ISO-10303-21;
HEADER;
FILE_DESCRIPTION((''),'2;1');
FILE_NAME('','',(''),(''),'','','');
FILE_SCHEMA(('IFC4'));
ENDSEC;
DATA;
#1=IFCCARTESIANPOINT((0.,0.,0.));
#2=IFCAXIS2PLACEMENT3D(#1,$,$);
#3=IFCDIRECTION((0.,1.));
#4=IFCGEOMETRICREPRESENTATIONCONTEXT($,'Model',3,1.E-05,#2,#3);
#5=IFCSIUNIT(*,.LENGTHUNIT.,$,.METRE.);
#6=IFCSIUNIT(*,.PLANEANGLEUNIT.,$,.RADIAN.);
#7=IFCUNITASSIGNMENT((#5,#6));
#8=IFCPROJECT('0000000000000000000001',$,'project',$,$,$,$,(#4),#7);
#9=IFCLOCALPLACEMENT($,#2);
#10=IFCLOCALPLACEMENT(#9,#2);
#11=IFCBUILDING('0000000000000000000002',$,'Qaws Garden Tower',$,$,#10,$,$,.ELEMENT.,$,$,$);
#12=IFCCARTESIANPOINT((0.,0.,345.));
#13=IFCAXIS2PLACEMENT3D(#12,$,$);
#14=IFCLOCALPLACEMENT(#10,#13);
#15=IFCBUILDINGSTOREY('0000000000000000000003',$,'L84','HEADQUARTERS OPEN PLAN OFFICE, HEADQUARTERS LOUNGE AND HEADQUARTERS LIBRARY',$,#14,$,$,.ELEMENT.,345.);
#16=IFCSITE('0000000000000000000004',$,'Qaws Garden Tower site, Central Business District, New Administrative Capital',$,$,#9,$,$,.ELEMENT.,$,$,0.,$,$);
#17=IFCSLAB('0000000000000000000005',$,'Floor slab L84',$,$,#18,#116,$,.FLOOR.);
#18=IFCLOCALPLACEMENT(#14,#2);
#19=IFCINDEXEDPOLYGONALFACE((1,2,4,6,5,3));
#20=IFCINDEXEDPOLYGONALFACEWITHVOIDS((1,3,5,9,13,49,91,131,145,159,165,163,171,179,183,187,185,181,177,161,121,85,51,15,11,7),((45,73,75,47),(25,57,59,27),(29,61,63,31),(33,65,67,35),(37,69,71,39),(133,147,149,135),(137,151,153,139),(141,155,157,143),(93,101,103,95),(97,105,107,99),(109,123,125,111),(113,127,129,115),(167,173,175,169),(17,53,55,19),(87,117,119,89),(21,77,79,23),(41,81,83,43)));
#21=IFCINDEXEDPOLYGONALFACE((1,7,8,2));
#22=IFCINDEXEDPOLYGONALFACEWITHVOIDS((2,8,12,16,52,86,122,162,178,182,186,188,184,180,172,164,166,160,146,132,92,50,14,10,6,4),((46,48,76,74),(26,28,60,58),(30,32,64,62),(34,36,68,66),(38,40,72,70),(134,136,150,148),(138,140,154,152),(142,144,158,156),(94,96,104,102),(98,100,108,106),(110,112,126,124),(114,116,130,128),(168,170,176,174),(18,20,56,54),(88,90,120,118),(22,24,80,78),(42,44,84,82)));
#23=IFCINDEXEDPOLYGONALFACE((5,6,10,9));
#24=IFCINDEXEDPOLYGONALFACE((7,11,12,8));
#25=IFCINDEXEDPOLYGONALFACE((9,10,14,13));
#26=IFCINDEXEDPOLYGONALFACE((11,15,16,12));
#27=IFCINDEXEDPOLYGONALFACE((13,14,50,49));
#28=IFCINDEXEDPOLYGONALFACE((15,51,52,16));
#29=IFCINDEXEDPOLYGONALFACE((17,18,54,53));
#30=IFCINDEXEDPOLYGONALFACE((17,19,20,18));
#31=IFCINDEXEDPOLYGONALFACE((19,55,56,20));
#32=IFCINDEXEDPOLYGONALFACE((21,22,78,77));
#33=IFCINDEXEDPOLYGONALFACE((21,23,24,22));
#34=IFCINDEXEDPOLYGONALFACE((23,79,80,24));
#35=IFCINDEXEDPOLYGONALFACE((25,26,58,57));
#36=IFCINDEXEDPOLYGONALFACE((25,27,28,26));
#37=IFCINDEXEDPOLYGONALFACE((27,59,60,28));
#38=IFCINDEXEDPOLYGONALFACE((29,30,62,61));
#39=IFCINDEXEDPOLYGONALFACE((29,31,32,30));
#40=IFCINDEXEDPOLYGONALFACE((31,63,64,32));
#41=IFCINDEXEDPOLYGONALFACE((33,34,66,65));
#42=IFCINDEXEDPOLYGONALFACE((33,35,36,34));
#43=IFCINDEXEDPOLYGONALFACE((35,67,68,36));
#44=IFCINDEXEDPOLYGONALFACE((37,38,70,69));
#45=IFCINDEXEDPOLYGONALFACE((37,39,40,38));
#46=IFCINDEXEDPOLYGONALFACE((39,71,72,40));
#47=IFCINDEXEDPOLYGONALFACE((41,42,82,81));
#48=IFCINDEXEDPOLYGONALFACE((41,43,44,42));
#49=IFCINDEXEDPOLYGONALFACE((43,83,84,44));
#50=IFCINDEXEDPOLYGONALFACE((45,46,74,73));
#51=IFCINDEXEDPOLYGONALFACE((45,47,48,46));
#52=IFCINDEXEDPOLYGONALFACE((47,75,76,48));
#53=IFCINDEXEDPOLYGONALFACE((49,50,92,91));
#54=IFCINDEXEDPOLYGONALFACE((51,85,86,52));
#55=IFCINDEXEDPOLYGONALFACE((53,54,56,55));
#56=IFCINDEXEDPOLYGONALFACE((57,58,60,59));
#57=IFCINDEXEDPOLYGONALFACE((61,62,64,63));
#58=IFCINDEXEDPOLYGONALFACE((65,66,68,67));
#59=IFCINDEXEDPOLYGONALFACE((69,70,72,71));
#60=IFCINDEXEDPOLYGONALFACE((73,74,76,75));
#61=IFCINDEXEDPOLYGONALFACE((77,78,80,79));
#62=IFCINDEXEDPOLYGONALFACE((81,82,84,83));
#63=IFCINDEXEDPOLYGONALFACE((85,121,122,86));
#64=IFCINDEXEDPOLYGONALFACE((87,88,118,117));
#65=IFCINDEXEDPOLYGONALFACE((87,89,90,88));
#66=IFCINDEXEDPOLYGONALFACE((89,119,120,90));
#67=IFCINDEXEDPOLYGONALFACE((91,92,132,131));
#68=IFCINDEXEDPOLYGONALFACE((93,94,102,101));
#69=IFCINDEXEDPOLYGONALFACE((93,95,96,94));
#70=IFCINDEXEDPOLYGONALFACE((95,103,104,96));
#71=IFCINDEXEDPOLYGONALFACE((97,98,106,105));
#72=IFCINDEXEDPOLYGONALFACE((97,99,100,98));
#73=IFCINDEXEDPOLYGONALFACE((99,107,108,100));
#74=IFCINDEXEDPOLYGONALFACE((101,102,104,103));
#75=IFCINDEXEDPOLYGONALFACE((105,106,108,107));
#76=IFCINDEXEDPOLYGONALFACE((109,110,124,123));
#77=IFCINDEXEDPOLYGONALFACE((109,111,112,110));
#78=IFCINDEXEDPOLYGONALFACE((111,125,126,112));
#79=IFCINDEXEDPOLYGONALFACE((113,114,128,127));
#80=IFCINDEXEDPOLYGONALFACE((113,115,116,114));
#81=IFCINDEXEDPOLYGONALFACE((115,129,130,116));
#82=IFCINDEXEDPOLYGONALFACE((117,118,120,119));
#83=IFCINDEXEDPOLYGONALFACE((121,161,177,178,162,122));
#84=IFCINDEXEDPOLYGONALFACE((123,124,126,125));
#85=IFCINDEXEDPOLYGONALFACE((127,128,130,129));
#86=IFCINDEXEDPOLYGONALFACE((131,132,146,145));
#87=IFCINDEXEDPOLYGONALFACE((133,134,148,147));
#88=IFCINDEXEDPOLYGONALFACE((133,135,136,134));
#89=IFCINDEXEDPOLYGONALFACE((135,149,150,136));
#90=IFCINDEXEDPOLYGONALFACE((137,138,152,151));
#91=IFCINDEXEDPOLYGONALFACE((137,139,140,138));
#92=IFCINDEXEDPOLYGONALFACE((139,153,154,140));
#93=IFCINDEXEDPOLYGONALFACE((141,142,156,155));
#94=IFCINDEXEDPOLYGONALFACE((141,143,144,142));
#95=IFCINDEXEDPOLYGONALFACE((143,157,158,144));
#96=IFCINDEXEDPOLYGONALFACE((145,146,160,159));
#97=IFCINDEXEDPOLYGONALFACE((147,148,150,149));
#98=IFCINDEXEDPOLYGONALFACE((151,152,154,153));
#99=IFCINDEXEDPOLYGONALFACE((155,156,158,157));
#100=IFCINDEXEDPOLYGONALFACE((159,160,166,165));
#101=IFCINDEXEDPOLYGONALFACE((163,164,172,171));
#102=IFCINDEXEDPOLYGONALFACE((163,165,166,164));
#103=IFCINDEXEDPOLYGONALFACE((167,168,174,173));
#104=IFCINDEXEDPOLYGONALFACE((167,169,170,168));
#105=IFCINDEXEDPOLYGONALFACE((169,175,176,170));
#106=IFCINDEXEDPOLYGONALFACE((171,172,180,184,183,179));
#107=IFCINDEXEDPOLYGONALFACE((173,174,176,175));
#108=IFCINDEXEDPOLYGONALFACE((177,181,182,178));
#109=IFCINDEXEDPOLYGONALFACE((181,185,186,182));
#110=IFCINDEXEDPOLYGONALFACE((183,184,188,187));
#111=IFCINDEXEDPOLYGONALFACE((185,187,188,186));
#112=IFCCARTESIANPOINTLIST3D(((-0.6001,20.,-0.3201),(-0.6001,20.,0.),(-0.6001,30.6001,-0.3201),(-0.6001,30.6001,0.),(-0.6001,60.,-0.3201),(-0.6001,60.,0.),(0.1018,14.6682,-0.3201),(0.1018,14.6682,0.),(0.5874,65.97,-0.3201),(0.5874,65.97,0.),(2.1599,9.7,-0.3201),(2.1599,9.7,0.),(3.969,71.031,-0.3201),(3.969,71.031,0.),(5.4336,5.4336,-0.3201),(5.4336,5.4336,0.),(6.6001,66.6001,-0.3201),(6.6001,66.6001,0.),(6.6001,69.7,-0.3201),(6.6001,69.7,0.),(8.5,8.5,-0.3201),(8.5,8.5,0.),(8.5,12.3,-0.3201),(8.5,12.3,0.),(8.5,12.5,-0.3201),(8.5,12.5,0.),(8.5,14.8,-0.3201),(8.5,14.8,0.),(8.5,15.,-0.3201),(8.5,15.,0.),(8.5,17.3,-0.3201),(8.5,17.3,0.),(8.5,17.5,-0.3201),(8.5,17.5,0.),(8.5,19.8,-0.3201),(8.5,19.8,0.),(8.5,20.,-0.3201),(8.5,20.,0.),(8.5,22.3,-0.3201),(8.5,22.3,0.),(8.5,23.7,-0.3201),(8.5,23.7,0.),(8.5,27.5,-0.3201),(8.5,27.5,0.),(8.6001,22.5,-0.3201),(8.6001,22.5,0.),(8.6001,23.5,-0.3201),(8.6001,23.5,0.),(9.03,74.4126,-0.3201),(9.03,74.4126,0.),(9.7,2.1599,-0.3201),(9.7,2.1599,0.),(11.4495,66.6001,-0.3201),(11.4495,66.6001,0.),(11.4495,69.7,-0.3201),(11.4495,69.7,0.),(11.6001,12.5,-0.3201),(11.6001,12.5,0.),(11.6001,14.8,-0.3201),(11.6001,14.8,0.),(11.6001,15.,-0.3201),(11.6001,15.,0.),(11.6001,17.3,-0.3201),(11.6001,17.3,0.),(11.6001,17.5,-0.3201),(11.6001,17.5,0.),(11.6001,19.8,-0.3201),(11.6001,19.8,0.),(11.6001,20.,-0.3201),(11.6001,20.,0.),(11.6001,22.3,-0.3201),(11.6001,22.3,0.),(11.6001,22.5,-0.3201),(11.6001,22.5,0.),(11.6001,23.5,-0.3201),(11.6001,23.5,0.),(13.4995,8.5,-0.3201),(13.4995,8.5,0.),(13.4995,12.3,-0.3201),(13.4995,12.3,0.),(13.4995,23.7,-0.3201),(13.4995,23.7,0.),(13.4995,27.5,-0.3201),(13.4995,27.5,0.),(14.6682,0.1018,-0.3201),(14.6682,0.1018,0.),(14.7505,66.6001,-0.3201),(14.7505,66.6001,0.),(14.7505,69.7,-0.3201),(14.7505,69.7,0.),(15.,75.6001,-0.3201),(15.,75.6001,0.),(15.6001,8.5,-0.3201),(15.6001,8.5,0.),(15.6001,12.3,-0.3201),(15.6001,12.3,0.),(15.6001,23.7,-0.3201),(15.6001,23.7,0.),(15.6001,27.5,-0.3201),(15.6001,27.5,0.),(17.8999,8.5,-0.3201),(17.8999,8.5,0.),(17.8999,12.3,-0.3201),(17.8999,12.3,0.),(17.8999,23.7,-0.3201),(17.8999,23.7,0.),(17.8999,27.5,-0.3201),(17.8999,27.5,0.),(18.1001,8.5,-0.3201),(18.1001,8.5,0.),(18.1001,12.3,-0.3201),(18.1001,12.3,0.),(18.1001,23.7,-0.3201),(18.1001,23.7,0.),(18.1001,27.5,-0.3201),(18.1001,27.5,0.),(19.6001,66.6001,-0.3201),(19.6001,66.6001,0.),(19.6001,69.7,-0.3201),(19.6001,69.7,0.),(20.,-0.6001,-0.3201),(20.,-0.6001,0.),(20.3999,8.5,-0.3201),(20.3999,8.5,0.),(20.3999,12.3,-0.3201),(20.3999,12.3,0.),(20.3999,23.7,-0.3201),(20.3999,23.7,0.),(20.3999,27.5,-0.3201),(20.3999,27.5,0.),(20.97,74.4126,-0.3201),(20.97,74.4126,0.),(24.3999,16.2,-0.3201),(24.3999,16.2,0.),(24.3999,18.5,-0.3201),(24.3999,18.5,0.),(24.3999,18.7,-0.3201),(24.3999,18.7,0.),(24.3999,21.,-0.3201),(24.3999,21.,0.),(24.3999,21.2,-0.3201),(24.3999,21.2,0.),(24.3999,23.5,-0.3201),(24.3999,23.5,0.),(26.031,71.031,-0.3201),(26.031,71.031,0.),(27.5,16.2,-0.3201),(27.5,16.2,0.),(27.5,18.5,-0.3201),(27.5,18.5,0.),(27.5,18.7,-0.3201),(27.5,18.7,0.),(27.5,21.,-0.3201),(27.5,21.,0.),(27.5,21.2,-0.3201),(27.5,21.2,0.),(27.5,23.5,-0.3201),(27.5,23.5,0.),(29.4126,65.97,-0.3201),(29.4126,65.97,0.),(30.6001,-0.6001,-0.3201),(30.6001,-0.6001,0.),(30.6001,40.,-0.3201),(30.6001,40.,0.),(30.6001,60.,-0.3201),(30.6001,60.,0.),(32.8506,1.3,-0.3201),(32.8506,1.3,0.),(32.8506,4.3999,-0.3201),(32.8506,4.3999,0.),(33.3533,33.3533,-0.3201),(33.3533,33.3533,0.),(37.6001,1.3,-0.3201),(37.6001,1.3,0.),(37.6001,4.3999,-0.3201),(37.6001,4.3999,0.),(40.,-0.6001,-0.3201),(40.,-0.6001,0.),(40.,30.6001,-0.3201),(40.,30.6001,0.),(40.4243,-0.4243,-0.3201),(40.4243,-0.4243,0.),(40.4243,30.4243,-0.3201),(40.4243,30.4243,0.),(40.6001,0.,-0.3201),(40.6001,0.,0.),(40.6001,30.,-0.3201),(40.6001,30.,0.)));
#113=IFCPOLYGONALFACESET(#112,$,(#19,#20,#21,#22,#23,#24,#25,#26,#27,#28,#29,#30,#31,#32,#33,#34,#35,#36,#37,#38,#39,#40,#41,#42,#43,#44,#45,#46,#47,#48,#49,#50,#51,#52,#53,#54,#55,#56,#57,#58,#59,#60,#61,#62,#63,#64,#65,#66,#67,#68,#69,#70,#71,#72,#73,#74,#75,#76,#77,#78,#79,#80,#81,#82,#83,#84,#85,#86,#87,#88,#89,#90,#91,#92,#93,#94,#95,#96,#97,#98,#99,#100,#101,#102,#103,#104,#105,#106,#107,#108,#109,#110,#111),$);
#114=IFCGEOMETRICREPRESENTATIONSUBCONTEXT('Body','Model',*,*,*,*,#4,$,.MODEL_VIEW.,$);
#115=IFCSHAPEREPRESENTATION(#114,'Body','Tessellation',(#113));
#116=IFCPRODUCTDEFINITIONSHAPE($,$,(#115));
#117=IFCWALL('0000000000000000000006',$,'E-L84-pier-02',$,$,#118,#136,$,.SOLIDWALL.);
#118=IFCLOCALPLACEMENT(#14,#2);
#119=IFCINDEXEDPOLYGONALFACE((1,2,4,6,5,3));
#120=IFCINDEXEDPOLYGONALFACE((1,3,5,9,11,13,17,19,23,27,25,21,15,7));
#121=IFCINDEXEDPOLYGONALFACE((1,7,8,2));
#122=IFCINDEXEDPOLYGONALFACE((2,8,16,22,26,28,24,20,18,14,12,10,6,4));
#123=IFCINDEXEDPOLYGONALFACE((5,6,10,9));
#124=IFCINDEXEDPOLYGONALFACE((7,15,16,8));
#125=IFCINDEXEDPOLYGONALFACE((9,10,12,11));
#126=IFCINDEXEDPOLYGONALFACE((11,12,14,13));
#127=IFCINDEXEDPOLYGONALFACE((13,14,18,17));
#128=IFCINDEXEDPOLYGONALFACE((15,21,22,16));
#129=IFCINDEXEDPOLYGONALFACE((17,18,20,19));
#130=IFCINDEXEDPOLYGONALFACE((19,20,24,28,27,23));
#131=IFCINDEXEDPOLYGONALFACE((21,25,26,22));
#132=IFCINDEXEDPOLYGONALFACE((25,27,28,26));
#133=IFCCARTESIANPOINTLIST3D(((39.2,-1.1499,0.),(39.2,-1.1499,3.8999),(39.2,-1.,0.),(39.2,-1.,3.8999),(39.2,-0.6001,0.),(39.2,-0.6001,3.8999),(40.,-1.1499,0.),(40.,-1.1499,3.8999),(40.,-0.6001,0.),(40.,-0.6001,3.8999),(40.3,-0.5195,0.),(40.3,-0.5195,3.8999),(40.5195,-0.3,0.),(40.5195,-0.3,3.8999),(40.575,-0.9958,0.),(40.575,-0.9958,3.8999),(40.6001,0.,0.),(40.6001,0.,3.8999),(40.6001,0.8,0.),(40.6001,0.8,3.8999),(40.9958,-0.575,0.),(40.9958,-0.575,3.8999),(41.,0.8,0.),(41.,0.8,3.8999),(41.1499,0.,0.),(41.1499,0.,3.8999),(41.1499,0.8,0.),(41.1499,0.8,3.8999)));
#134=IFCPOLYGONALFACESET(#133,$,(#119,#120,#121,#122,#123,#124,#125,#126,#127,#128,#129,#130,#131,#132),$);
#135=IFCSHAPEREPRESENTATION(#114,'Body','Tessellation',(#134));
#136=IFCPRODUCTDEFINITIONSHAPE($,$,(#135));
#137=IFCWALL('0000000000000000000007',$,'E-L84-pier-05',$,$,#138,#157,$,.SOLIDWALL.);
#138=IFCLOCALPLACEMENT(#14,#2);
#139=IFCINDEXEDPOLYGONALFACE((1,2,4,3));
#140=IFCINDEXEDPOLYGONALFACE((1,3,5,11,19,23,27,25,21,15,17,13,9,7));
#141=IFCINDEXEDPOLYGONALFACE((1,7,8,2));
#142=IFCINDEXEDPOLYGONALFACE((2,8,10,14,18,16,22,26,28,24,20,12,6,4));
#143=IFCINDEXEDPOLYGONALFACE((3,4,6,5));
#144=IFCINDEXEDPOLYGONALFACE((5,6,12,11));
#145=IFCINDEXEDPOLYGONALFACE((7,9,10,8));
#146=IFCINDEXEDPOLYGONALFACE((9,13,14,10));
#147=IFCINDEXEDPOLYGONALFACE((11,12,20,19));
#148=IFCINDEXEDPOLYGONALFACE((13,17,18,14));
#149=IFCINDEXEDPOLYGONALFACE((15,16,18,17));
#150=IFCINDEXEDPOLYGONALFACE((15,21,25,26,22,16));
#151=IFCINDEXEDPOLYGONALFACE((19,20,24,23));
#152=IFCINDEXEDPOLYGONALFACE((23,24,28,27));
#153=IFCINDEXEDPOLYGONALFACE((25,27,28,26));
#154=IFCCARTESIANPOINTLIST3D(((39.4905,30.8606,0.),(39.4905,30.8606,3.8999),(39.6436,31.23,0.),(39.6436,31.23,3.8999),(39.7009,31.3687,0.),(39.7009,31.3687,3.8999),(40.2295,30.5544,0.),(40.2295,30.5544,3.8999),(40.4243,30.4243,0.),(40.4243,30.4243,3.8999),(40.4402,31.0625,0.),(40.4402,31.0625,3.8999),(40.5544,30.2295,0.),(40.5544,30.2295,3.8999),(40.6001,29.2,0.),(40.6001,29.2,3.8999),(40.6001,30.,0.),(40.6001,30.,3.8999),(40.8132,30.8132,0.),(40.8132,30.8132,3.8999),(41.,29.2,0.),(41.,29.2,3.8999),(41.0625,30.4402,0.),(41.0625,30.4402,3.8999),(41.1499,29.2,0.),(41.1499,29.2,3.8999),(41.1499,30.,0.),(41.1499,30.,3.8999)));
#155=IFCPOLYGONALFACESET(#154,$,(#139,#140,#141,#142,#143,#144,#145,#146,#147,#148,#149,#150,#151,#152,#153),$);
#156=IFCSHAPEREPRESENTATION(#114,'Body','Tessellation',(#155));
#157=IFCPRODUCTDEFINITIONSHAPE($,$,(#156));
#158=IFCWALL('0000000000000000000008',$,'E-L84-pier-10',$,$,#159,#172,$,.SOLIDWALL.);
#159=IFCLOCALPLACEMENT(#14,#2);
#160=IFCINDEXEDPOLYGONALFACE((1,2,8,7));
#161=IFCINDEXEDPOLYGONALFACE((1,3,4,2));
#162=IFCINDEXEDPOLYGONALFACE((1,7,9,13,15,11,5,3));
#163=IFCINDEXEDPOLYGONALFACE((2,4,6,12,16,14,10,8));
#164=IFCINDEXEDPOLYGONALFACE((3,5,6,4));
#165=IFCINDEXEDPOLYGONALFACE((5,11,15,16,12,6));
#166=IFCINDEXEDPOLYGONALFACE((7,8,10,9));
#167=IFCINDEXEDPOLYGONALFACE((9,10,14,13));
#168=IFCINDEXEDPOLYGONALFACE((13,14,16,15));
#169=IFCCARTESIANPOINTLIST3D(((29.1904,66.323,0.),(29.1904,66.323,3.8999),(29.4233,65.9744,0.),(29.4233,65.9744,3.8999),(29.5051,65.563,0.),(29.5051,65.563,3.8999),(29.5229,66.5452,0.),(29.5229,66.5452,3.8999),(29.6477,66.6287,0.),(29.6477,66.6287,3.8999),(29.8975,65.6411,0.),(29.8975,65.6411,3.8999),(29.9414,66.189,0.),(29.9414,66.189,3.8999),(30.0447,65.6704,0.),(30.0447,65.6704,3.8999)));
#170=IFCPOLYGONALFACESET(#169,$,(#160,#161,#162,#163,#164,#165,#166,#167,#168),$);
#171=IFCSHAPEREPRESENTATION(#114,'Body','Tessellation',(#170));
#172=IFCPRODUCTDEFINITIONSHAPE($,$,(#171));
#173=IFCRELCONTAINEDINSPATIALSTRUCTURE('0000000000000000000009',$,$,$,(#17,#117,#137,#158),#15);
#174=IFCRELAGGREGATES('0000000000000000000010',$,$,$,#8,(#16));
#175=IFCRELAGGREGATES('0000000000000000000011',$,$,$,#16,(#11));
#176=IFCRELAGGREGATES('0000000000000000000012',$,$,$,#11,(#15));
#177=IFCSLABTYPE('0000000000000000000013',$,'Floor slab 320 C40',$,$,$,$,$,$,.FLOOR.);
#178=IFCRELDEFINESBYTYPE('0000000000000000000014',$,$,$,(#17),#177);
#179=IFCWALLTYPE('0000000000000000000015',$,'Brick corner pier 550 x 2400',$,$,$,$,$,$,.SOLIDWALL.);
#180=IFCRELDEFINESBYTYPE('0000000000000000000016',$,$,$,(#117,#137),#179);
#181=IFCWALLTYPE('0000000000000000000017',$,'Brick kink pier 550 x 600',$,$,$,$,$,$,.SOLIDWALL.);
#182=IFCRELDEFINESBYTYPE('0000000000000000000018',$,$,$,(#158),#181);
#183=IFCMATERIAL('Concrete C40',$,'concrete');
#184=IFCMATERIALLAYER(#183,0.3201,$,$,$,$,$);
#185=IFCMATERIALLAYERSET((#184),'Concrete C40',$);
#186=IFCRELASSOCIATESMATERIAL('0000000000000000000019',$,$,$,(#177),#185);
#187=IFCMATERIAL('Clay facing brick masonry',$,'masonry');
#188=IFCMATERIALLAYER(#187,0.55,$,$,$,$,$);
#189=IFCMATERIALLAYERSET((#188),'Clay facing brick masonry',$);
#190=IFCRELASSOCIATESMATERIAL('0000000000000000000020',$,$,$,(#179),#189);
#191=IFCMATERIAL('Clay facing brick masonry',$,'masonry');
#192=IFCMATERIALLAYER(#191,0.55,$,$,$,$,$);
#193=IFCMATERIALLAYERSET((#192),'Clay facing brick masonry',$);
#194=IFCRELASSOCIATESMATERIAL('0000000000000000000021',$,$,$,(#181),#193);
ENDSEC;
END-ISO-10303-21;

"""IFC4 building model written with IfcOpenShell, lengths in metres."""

from ifc_helpers import new_model, si_unit, direction, frame, origin, place, context, subcontext, project, spatial, polyline, outline, extrude, material, layer, layer_set, type_object, element, save


model = new_model("IFC4")

# Units and contexts
model_context = context("Model", 3, precision=1e-05, world=origin(), true_north=direction((0.0, 1.0)))
body_context = subcontext(model_context, "Body", "Model", "MODEL_VIEW")
ifc_project = project(units=[si_unit("LENGTHUNIT", "METRE"), si_unit("PLANEANGLEUNIT", "RADIAN")], contexts=[model_context])

# Site, building, storey
site_placement = place(None, origin())
site = spatial("IfcSite", under=ifc_project, at=site_placement, Name="Qaws Garden Tower site, Central Business District, New Administrative Capital", CompositionType="ELEMENT", RefElevation=0.0)
building_placement = place(site_placement, origin())
building = spatial("IfcBuilding", under=site, at=building_placement, Name="Qaws Garden Tower", CompositionType="ELEMENT")
storey_placement = place(building_placement, frame((0.0, 0.0, 345.0)))
storey = spatial("IfcBuildingStorey", under=building, at=storey_placement, Name="L84", Description="HEADQUARTERS OPEN PLAN OFFICE, HEADQUARTERS LOUNGE AND HEADQUARTERS LIBRARY", CompositionType="ELEMENT", Elevation=345.0)

# Slab
ifc_material_1 = material(Name="Concrete C40", Category="concrete")
ifc_layer_1 = layer(ifc_material_1, 0.3201)
ifc_layer_set_1 = layer_set([ifc_layer_1], Name="Concrete C40")
slab_type = type_object("IfcSlabType", Name="Floor slab 320 C40", PredefinedType="FLOOR", material=ifc_layer_set_1)
slab_placement = place(storey_placement, frame((0.0, 0.0, -0.3201)))
element("IfcSlab", 1, at=slab_placement, inside=storey, type_object=slab_type, Name="Floor slab L84", PredefinedType="FLOOR", context=body_context, shape_type="SweptSolid", body=[
    extrude(outline(polyline([(0.1018, 14.6682), (-0.6001, 20.0), (-0.6001, 30.6001), (-0.6001, 60.0), (-0.6001, 60.0), (0.5874, 65.97), (3.969, 71.031), (9.03, 74.4126), (15.0, 75.6001), (20.97, 74.4126), (26.031, 71.031), (29.4126, 65.97), (30.6001, 60.0), (30.6001, 40.0), (33.3533, 33.3533), (40.0, 30.6001), (40.4243, 30.4243), (40.6001, 30.0), (40.6001, 0.0), (40.4243, -0.4243), (40.0, -0.6001), (30.6001, -0.6001), (20.0, -0.6001), (14.6682, 0.1018), (9.7, 2.1599), (5.4336, 5.4336), (2.1599, 9.7), (0.1018, 14.6682)]), holes=[polyline([(13.4995, 12.3), (8.5, 12.3), (8.5, 8.5), (13.4995, 8.5), (13.4995, 12.3)]), polyline([(17.8999, 12.3), (15.6001, 12.3), (15.6001, 8.5), (17.8999, 8.5), (17.8999, 12.3)]), polyline([(11.6001, 14.8), (8.5, 14.8), (8.5, 12.5), (11.6001, 12.5), (11.6001, 14.8)]), polyline([(11.6001, 17.3), (8.5, 17.3), (8.5, 15.0), (11.6001, 15.0), (11.6001, 17.3)]), polyline([(11.6001, 19.8), (8.5, 19.8), (8.5, 17.5), (11.6001, 17.5), (11.6001, 19.8)]), polyline([(11.6001, 22.3), (8.5, 22.3), (8.5, 20.0), (11.6001, 20.0), (11.6001, 22.3)]), polyline([(11.6001, 23.5), (8.6001, 23.5), (8.6001, 22.5), (11.6001, 22.5), (11.6001, 23.5)]), polyline([(13.4995, 27.5), (8.5, 27.5), (8.5, 23.7), (13.4995, 23.7), (13.4995, 27.5)]), polyline([(11.4495, 69.7), (6.6001, 69.7), (6.6001, 66.6001), (11.4495, 66.6001), (11.4495, 69.7)]), polyline([(37.6001, 4.3999), (32.8506, 4.3999), (32.8506, 1.3), (37.6001, 1.3), (37.6001, 4.3999)]), polyline([(20.3999, 12.3), (18.1001, 12.3), (18.1001, 8.5), (20.3999, 8.5), (20.3999, 12.3)]), polyline([(27.5, 18.5), (24.3999, 18.5), (24.3999, 16.2), (27.5, 16.2), (27.5, 18.5)]), polyline([(27.5, 21.0), (24.3999, 21.0), (24.3999, 18.7), (27.5, 18.7), (27.5, 21.0)]), polyline([(27.5, 23.5), (24.3999, 23.5), (24.3999, 21.2), (27.5, 21.2), (27.5, 23.5)]), polyline([(17.8999, 27.5), (15.6001, 27.5), (15.6001, 23.7), (17.8999, 23.7), (17.8999, 27.5)]), polyline([(20.3999, 23.7), (20.3999, 27.5), (18.1001, 27.5), (18.1001, 23.7), (20.3999, 23.7)]), polyline([(19.6001, 66.6001), (19.6001, 69.7), (14.7505, 69.7), (14.7505, 66.6001), (19.6001, 66.6001)])]), origin(), (0.0, 0.0, 1.0), 0.3201),
])

# Walls
ifc_material_2 = material(Name="Clay facing brick masonry", Category="masonry")
ifc_layer_2 = layer(ifc_material_2, 0.55)
ifc_layer_set_2 = layer_set([ifc_layer_2], Name="Clay facing brick masonry")
wall_type_1 = type_object("IfcWallType", Name="Brick corner pier 550 x 2400", PredefinedType="SOLIDWALL", material=ifc_layer_set_2)
placement = place(storey_placement, origin())
element("IfcWall", 2, at=placement, inside=storey, type_object=wall_type_1, Name="E-L84-pier-02", PredefinedType="SOLIDWALL", context=body_context, shape_type="SweptSolid", body=[
    extrude(outline(polyline([(39.2, -1.0), (39.2, -1.1499), (40.0, -1.1499), (40.575, -0.9958), (40.9958, -0.575), (41.1499, 0.0), (41.1499, 0.8), (41.0, 0.8), (40.6001, 0.8), (40.6001, 0.0), (40.5195, -0.3), (40.3, -0.5195), (40.0, -0.6001), (39.2, -0.6001), (39.2, -1.0)])), origin(), (0.0, 0.0, 1.0), 3.8999),
])
element("IfcWall", 3, at=placement, inside=storey, type_object=wall_type_1, Name="E-L84-pier-05", PredefinedType="SOLIDWALL", context=body_context, shape_type="SweptSolid", body=[
    extrude(outline(polyline([(41.0, 29.2), (41.1499, 29.2), (41.1499, 30.0), (41.0625, 30.4402), (40.8132, 30.8132), (40.4402, 31.0625), (39.7009, 31.3687), (39.6436, 31.23), (39.4905, 30.8606), (40.2295, 30.5544), (40.4243, 30.4243), (40.5544, 30.2295), (40.6001, 30.0), (40.6001, 29.2), (41.0, 29.2)])), origin(), (0.0, 0.0, 1.0), 3.8999),
])
ifc_material_3 = material(Name="Clay facing brick masonry", Category="masonry")
ifc_layer_3 = layer(ifc_material_3, 0.55)
ifc_layer_set_3 = layer_set([ifc_layer_3], Name="Clay facing brick masonry")
wall_type_2 = type_object("IfcWallType", Name="Brick kink pier 550 x 600", PredefinedType="SOLIDWALL", material=ifc_layer_set_3)
element("IfcWall", 4, at=placement, inside=storey, type_object=wall_type_2, Name="E-L84-pier-10", PredefinedType="SOLIDWALL", context=body_context, shape_type="SweptSolid", body=[
    extrude(outline(polyline([(29.8975, 65.6411), (30.0447, 65.6704), (29.9414, 66.189), (29.6477, 66.6287), (29.5229, 66.5452), (29.1904, 66.323), (29.4233, 65.9744), (29.5051, 65.563), (29.8975, 65.6411)])), origin(), (0.0, 0.0, 1.0), 3.8999),
])

save(model, "model.ifc")
